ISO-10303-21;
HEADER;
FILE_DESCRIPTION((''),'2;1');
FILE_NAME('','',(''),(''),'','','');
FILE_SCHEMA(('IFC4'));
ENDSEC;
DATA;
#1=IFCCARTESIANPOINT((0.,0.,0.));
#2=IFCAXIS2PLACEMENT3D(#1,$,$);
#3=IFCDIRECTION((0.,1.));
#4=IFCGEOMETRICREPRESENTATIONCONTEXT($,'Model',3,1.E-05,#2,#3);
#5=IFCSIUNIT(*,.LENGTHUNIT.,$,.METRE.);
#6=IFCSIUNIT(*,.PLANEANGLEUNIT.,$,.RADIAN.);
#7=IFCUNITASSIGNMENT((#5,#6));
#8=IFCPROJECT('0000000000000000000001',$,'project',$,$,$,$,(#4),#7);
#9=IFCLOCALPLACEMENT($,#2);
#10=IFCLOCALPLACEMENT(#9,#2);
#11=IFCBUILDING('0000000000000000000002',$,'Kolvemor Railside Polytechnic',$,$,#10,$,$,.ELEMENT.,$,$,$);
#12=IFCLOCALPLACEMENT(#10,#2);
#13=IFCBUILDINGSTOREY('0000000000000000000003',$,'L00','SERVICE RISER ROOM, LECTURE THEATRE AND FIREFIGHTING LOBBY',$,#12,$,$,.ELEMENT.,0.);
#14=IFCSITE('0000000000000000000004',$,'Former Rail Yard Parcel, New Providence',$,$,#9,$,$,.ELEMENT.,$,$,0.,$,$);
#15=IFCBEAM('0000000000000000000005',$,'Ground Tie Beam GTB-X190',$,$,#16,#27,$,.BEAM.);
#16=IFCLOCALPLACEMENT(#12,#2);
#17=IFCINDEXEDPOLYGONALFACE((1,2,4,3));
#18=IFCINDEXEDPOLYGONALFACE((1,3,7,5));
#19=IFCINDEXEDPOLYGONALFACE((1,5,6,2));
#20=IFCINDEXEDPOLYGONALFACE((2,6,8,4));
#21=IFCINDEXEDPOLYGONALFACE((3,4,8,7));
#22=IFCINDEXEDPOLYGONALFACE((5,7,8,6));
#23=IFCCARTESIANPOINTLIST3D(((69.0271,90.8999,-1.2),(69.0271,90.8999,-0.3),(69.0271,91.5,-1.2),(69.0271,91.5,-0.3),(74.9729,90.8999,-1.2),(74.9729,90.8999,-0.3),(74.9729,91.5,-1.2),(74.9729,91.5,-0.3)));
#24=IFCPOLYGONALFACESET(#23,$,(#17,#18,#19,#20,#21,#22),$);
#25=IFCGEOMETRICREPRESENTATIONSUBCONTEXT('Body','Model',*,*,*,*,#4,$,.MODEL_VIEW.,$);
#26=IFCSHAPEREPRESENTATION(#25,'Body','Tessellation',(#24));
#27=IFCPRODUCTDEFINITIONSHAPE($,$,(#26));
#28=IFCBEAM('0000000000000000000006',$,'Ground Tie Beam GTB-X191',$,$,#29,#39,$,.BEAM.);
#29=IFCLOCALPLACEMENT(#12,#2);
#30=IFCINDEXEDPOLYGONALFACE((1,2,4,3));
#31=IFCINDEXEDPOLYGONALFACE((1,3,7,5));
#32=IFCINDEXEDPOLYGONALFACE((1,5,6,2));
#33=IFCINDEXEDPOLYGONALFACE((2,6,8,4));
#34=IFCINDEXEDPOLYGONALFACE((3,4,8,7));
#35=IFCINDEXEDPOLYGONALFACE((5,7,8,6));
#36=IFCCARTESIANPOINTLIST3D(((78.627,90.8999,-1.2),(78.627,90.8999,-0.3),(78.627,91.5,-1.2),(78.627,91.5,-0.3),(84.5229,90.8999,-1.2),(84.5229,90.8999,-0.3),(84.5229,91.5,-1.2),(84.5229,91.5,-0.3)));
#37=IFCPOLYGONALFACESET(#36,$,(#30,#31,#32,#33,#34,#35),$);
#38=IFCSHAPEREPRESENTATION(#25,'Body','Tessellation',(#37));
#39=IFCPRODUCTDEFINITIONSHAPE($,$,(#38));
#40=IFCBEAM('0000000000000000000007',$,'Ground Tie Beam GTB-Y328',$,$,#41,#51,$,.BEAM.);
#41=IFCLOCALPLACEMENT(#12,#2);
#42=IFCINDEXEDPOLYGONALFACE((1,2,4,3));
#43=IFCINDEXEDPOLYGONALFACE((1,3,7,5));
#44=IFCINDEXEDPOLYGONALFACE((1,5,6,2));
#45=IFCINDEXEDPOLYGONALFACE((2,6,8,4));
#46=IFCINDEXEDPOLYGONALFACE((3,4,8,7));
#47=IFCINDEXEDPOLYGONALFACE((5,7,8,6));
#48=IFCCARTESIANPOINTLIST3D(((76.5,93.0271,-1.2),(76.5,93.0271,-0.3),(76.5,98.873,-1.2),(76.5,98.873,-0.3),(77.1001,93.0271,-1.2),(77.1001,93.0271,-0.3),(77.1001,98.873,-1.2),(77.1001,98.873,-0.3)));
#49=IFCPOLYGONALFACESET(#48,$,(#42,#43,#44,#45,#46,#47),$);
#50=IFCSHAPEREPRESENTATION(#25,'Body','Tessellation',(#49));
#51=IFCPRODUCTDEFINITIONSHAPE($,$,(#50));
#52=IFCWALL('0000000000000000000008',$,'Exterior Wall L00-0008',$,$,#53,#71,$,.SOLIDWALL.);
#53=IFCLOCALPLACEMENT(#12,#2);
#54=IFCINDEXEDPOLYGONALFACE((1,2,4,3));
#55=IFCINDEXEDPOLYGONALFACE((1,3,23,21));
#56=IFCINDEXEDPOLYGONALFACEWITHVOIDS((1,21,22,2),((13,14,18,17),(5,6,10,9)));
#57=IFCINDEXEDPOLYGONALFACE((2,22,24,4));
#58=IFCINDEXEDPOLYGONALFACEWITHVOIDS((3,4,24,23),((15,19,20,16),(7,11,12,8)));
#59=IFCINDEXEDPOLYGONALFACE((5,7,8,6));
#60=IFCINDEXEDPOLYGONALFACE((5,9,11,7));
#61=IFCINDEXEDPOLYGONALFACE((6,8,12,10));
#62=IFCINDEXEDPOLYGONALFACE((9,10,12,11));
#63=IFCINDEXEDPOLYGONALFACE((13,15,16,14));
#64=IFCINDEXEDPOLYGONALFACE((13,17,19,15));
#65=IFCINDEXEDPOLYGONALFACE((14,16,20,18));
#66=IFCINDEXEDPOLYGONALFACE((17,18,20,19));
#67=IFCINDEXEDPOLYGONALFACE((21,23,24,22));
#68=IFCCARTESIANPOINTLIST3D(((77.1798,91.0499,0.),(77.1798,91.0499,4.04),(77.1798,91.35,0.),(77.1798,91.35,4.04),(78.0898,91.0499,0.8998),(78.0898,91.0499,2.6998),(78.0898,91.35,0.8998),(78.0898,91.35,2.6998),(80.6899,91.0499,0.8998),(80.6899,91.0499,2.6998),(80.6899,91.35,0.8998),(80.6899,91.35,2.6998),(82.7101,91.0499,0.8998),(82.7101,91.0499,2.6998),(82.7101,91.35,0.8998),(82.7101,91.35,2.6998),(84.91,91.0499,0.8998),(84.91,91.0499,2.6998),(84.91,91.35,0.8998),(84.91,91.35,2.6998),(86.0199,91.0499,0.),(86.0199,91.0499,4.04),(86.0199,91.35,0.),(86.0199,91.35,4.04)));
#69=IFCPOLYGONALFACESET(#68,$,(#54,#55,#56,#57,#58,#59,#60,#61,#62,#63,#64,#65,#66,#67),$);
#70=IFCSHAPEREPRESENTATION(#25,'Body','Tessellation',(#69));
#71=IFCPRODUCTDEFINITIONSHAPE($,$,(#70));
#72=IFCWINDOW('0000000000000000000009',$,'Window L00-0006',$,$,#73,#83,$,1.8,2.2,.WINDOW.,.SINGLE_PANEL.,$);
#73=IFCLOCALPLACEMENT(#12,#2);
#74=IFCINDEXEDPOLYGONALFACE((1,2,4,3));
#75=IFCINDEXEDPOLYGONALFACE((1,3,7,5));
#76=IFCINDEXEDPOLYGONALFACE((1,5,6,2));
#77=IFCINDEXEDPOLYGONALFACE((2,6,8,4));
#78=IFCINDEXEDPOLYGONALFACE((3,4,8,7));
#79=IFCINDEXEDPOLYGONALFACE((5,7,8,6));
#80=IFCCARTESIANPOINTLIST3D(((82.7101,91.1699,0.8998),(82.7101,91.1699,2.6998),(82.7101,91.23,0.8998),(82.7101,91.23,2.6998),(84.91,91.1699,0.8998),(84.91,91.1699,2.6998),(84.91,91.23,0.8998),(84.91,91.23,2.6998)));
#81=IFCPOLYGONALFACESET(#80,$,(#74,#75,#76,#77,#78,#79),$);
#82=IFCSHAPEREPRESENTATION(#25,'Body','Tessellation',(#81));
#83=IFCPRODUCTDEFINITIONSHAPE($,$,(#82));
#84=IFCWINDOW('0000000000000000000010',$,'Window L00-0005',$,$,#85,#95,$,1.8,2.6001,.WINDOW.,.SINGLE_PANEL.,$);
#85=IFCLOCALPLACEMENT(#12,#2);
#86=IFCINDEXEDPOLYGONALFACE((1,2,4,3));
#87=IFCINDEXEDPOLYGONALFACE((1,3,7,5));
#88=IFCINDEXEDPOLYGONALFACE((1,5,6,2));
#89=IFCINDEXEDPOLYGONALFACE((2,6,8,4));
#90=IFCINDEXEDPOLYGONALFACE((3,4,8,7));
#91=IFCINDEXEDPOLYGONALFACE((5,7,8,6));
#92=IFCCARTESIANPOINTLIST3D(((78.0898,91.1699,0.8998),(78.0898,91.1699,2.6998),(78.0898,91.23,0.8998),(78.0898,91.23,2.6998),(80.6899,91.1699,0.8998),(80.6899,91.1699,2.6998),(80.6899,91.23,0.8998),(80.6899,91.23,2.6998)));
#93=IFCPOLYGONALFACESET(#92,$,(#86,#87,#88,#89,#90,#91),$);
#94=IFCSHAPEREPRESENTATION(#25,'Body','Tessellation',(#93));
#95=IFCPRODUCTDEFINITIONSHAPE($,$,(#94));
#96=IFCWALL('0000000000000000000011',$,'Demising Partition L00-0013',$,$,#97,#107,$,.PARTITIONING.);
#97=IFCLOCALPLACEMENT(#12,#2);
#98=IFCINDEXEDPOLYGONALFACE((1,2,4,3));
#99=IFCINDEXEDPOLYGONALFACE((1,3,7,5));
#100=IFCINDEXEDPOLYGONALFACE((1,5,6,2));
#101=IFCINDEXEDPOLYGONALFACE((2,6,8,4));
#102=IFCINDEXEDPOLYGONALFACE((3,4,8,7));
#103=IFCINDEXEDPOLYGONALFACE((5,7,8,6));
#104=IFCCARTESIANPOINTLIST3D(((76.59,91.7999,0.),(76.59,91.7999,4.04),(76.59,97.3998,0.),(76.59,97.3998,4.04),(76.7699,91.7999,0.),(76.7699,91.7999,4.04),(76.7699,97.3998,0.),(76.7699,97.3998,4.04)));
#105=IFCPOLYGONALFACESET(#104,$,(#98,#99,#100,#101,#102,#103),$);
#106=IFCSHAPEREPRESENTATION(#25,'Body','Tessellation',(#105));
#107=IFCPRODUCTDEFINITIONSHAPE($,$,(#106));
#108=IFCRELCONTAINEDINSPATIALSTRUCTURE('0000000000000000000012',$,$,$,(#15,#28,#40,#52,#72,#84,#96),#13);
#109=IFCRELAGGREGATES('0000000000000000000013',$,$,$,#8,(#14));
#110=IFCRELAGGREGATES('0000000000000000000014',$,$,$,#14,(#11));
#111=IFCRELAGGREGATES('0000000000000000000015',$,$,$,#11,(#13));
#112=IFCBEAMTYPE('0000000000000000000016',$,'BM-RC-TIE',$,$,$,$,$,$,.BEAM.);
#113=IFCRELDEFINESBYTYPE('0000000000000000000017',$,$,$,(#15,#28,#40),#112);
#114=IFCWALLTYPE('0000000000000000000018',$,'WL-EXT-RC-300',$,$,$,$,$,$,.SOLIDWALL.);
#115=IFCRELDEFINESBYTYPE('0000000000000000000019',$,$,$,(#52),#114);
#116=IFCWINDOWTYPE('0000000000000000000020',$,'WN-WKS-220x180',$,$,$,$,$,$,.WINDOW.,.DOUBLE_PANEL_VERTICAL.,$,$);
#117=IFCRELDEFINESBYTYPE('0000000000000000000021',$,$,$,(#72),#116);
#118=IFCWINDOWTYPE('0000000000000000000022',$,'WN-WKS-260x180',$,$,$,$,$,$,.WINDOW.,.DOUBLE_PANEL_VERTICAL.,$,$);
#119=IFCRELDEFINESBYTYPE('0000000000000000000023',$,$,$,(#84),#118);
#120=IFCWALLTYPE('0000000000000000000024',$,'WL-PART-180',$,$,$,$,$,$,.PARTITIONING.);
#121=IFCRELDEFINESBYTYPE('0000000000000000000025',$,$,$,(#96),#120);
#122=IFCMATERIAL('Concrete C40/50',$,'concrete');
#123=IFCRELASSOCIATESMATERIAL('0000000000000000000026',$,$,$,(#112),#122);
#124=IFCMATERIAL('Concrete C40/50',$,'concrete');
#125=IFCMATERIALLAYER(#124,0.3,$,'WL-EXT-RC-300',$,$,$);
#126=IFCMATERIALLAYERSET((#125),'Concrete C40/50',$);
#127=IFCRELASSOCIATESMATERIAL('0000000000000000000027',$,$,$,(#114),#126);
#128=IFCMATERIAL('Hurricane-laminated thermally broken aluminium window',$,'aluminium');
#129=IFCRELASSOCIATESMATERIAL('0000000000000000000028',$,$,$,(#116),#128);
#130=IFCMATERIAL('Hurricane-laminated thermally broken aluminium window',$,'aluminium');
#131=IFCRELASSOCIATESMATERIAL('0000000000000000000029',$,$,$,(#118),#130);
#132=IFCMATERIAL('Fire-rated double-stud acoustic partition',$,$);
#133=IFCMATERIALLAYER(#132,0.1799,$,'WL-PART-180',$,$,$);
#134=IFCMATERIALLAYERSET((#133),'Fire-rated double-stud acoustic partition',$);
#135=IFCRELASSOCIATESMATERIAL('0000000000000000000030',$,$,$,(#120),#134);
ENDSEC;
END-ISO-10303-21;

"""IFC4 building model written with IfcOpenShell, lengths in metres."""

from ifc_helpers import new_model, si_unit, direction, frame, frame_2d, origin, origin_2d, place, context, subcontext, project, spatial, rectangle, extrude, material, layer, layer_set, material_profile, profile_set, type_object, element, fill, save


model = new_model("IFC4")

# Units and contexts
model_context = context("Model", 3, precision=1e-05, world=origin(), true_north=direction((0.0, 1.0)))
body_context = subcontext(model_context, "Body", "Model", "MODEL_VIEW")
ifc_project = project(units=[si_unit("LENGTHUNIT", "METRE"), si_unit("PLANEANGLEUNIT", "RADIAN")], contexts=[model_context])

# Site, building, storey
site_placement = place(None, origin())
site = spatial("IfcSite", under=ifc_project, at=site_placement, Name="Former Rail Yard Parcel, New Providence", CompositionType="ELEMENT", RefElevation=0.0)
building_placement = place(site_placement, origin())
building = spatial("IfcBuilding", under=site, at=building_placement, Name="Kolvemor Railside Polytechnic", CompositionType="ELEMENT")
storey_placement = place(building_placement, origin())
storey = spatial("IfcBuildingStorey", under=building, at=storey_placement, Name="L00", Description="SERVICE RISER ROOM, LECTURE THEATRE AND FIREFIGHTING LOBBY", CompositionType="ELEMENT", Elevation=0.0)

# Beams
ifc_material_1 = material(Name="Concrete C40/50", Category="concrete")
ifc_material_profile_1 = material_profile(ifc_material_1, rectangle(XDim=0.6001, YDim=0.8999, at=origin_2d()), Name="RC600x900")
ifc_profile_set_1 = profile_set([ifc_material_profile_1], Name="Concrete C40/50")
beam_type_1 = type_object("IfcBeamType", Name="BM-RC-TIE", PredefinedType="BEAM", material=ifc_profile_set_1)
beam_1_placement = place(storey_placement, frame((69.0271, 91.2, -0.75), z_axis=(1.0, 0.0, 0.0), x_axis=(0.0, 1.0, 0.0)))
element("IfcBeam", 1, at=beam_1_placement, inside=storey, type_object=beam_type_1, Name="Ground Tie Beam GTB-X190", PredefinedType="BEAM", context=body_context, shape_type="SweptSolid", body=[
    extrude(rectangle(XDim=0.6001, YDim=0.8999, at=origin_2d()), origin(), (0.0, 0.0, 1.0), 5.9458),
])
beam_2_placement = place(storey_placement, frame((78.627, 91.2, -0.75), z_axis=(1.0, 0.0, 0.0), x_axis=(0.0, 1.0, 0.0)))
element("IfcBeam", 2, at=beam_2_placement, inside=storey, type_object=beam_type_1, Name="Ground Tie Beam GTB-X191", PredefinedType="BEAM", context=body_context, shape_type="SweptSolid", body=[
    extrude(rectangle(XDim=0.6001, YDim=0.8999, at=origin_2d()), origin(), (0.0, 0.0, 1.0), 5.896),
])
beam_3_placement = place(storey_placement, frame((76.8, 93.0271, -0.75), z_axis=(0.0, 1.0, 0.0), x_axis=(-1.0, 0.0, 0.0)))
element("IfcBeam", 3, at=beam_3_placement, inside=storey, type_object=beam_type_1, Name="Ground Tie Beam GTB-Y328", PredefinedType="BEAM", context=body_context, shape_type="SweptSolid", body=[
    extrude(rectangle(XDim=0.6001, YDim=0.8999, at=origin_2d()), origin(), (0.0, 0.0, 1.0), 5.8459),
])

# Wall, openings, windows
ifc_material_2 = material(Name="Concrete C40/50", Category="concrete")
ifc_layer_1 = layer(ifc_material_2, 0.3, Name="WL-EXT-RC-300")
ifc_layer_set_1 = layer_set([ifc_layer_1], Name="Concrete C40/50")
wall_type_1 = type_object("IfcWallType", Name="WL-EXT-RC-300", PredefinedType="SOLIDWALL", material=ifc_layer_set_1)
wall_1_placement = place(storey_placement, frame((77.1799, 91.2, 0.0), z_axis=(0.0, 0.0, 1.0), x_axis=(1.0, 0.0, 0.0)))
wall_1 = element("IfcWall", 4, at=wall_1_placement, inside=storey, type_object=wall_type_1, Name="Exterior Wall L00-0008", PredefinedType="SOLIDWALL", context=body_context, shape_type="SweptSolid", body=[
    extrude(rectangle(XDim=8.8401, YDim=0.3, at=frame_2d((4.4199, 0.0))), origin(), (0.0, 0.0, 1.0), 4.04),
])
opening_1_placement = place(wall_1_placement, frame((0.9099, 0.0, 0.8999)))
opening_1 = element("IfcOpeningElement", 5, at=opening_1_placement, cuts=wall_1, PredefinedType="OPENING", context=body_context, shape_type="SweptSolid", body=[
    extrude(rectangle(XDim=2.6001, YDim=1.8, at=frame_2d((1.3, 0.8999))), frame((0.0, 0.1599, 0.0), z_axis=(0.0, -1.0, 0.0), x_axis=(1.0, 0.0, 0.0)), (0.0, 0.0, 1.0), 0.3201),
])
opening_2_placement = place(wall_1_placement, frame((5.53, 0.0, 0.8999)))
opening_2 = element("IfcOpeningElement", 6, at=opening_2_placement, cuts=wall_1, PredefinedType="OPENING", context=body_context, shape_type="SweptSolid", body=[
    extrude(rectangle(XDim=2.2, YDim=1.8, at=frame_2d((1.1001, 0.8999))), frame((0.0, 0.1599, 0.0), z_axis=(0.0, -1.0, 0.0), x_axis=(1.0, 0.0, 0.0)), (0.0, 0.0, 1.0), 0.3201),
])
ifc_material_3 = material(Name="Hurricane-laminated thermally broken aluminium window", Category="aluminium")
window_type_1 = type_object("IfcWindowType", Name="WN-WKS-220x180", PartitioningType="DOUBLE_PANEL_VERTICAL", PredefinedType="WINDOW", material=ifc_material_3)
window_1_placement = place(opening_2_placement, origin())
window_1 = element("IfcWindow", 7, at=window_1_placement, inside=storey, type_object=window_type_1, Name="Window L00-0006", OverallHeight=1.8, OverallWidth=2.2, PartitioningType="SINGLE_PANEL", PredefinedType="WINDOW", context=body_context, shape_type="SweptSolid", body=[
    extrude(rectangle(XDim=2.2, YDim=1.8, at=frame_2d((1.1001, 0.8999))), frame((0.0, 0.03, 0.0), z_axis=(0.0, -1.0, 0.0), x_axis=(1.0, 0.0, 0.0)), (0.0, 0.0, 1.0), 0.0601),
])
fill(opening_2, window_1)
ifc_material_4 = material(Name="Hurricane-laminated thermally broken aluminium window", Category="aluminium")
window_type_2 = type_object("IfcWindowType", Name="WN-WKS-260x180", PartitioningType="DOUBLE_PANEL_VERTICAL", PredefinedType="WINDOW", material=ifc_material_4)
window_2_placement = place(opening_1_placement, origin())
window_2 = element("IfcWindow", 8, at=window_2_placement, inside=storey, type_object=window_type_2, Name="Window L00-0005", OverallHeight=1.8, OverallWidth=2.6001, PartitioningType="SINGLE_PANEL", PredefinedType="WINDOW", context=body_context, shape_type="SweptSolid", body=[
    extrude(rectangle(XDim=2.6001, YDim=1.8, at=frame_2d((1.3, 0.8999))), frame((0.0, 0.03, 0.0), z_axis=(0.0, -1.0, 0.0), x_axis=(1.0, 0.0, 0.0)), (0.0, 0.0, 1.0), 0.0601),
])
fill(opening_1, window_2)

# Wall
ifc_material_5 = material(Name="Fire-rated double-stud acoustic partition")
ifc_layer_2 = layer(ifc_material_5, 0.1799, Name="WL-PART-180")
ifc_layer_set_2 = layer_set([ifc_layer_2], Name="Fire-rated double-stud acoustic partition")
wall_type_2 = type_object("IfcWallType", Name="WL-PART-180", PredefinedType="PARTITIONING", material=ifc_layer_set_2)
wall_2_placement = place(storey_placement, frame((76.6799, 91.8, 0.0), z_axis=(0.0, 0.0, 1.0), x_axis=(0.0, 1.0, 0.0)))
element("IfcWall", 9, at=wall_2_placement, inside=storey, type_object=wall_type_2, Name="Demising Partition L00-0013", PredefinedType="PARTITIONING", context=body_context, shape_type="SweptSolid", body=[
    extrude(rectangle(XDim=5.5999, YDim=0.1799, at=frame_2d((2.7998, 0.0))), origin(), (0.0, 0.0, 1.0), 4.04),
])

save(model, "model.ifc")
